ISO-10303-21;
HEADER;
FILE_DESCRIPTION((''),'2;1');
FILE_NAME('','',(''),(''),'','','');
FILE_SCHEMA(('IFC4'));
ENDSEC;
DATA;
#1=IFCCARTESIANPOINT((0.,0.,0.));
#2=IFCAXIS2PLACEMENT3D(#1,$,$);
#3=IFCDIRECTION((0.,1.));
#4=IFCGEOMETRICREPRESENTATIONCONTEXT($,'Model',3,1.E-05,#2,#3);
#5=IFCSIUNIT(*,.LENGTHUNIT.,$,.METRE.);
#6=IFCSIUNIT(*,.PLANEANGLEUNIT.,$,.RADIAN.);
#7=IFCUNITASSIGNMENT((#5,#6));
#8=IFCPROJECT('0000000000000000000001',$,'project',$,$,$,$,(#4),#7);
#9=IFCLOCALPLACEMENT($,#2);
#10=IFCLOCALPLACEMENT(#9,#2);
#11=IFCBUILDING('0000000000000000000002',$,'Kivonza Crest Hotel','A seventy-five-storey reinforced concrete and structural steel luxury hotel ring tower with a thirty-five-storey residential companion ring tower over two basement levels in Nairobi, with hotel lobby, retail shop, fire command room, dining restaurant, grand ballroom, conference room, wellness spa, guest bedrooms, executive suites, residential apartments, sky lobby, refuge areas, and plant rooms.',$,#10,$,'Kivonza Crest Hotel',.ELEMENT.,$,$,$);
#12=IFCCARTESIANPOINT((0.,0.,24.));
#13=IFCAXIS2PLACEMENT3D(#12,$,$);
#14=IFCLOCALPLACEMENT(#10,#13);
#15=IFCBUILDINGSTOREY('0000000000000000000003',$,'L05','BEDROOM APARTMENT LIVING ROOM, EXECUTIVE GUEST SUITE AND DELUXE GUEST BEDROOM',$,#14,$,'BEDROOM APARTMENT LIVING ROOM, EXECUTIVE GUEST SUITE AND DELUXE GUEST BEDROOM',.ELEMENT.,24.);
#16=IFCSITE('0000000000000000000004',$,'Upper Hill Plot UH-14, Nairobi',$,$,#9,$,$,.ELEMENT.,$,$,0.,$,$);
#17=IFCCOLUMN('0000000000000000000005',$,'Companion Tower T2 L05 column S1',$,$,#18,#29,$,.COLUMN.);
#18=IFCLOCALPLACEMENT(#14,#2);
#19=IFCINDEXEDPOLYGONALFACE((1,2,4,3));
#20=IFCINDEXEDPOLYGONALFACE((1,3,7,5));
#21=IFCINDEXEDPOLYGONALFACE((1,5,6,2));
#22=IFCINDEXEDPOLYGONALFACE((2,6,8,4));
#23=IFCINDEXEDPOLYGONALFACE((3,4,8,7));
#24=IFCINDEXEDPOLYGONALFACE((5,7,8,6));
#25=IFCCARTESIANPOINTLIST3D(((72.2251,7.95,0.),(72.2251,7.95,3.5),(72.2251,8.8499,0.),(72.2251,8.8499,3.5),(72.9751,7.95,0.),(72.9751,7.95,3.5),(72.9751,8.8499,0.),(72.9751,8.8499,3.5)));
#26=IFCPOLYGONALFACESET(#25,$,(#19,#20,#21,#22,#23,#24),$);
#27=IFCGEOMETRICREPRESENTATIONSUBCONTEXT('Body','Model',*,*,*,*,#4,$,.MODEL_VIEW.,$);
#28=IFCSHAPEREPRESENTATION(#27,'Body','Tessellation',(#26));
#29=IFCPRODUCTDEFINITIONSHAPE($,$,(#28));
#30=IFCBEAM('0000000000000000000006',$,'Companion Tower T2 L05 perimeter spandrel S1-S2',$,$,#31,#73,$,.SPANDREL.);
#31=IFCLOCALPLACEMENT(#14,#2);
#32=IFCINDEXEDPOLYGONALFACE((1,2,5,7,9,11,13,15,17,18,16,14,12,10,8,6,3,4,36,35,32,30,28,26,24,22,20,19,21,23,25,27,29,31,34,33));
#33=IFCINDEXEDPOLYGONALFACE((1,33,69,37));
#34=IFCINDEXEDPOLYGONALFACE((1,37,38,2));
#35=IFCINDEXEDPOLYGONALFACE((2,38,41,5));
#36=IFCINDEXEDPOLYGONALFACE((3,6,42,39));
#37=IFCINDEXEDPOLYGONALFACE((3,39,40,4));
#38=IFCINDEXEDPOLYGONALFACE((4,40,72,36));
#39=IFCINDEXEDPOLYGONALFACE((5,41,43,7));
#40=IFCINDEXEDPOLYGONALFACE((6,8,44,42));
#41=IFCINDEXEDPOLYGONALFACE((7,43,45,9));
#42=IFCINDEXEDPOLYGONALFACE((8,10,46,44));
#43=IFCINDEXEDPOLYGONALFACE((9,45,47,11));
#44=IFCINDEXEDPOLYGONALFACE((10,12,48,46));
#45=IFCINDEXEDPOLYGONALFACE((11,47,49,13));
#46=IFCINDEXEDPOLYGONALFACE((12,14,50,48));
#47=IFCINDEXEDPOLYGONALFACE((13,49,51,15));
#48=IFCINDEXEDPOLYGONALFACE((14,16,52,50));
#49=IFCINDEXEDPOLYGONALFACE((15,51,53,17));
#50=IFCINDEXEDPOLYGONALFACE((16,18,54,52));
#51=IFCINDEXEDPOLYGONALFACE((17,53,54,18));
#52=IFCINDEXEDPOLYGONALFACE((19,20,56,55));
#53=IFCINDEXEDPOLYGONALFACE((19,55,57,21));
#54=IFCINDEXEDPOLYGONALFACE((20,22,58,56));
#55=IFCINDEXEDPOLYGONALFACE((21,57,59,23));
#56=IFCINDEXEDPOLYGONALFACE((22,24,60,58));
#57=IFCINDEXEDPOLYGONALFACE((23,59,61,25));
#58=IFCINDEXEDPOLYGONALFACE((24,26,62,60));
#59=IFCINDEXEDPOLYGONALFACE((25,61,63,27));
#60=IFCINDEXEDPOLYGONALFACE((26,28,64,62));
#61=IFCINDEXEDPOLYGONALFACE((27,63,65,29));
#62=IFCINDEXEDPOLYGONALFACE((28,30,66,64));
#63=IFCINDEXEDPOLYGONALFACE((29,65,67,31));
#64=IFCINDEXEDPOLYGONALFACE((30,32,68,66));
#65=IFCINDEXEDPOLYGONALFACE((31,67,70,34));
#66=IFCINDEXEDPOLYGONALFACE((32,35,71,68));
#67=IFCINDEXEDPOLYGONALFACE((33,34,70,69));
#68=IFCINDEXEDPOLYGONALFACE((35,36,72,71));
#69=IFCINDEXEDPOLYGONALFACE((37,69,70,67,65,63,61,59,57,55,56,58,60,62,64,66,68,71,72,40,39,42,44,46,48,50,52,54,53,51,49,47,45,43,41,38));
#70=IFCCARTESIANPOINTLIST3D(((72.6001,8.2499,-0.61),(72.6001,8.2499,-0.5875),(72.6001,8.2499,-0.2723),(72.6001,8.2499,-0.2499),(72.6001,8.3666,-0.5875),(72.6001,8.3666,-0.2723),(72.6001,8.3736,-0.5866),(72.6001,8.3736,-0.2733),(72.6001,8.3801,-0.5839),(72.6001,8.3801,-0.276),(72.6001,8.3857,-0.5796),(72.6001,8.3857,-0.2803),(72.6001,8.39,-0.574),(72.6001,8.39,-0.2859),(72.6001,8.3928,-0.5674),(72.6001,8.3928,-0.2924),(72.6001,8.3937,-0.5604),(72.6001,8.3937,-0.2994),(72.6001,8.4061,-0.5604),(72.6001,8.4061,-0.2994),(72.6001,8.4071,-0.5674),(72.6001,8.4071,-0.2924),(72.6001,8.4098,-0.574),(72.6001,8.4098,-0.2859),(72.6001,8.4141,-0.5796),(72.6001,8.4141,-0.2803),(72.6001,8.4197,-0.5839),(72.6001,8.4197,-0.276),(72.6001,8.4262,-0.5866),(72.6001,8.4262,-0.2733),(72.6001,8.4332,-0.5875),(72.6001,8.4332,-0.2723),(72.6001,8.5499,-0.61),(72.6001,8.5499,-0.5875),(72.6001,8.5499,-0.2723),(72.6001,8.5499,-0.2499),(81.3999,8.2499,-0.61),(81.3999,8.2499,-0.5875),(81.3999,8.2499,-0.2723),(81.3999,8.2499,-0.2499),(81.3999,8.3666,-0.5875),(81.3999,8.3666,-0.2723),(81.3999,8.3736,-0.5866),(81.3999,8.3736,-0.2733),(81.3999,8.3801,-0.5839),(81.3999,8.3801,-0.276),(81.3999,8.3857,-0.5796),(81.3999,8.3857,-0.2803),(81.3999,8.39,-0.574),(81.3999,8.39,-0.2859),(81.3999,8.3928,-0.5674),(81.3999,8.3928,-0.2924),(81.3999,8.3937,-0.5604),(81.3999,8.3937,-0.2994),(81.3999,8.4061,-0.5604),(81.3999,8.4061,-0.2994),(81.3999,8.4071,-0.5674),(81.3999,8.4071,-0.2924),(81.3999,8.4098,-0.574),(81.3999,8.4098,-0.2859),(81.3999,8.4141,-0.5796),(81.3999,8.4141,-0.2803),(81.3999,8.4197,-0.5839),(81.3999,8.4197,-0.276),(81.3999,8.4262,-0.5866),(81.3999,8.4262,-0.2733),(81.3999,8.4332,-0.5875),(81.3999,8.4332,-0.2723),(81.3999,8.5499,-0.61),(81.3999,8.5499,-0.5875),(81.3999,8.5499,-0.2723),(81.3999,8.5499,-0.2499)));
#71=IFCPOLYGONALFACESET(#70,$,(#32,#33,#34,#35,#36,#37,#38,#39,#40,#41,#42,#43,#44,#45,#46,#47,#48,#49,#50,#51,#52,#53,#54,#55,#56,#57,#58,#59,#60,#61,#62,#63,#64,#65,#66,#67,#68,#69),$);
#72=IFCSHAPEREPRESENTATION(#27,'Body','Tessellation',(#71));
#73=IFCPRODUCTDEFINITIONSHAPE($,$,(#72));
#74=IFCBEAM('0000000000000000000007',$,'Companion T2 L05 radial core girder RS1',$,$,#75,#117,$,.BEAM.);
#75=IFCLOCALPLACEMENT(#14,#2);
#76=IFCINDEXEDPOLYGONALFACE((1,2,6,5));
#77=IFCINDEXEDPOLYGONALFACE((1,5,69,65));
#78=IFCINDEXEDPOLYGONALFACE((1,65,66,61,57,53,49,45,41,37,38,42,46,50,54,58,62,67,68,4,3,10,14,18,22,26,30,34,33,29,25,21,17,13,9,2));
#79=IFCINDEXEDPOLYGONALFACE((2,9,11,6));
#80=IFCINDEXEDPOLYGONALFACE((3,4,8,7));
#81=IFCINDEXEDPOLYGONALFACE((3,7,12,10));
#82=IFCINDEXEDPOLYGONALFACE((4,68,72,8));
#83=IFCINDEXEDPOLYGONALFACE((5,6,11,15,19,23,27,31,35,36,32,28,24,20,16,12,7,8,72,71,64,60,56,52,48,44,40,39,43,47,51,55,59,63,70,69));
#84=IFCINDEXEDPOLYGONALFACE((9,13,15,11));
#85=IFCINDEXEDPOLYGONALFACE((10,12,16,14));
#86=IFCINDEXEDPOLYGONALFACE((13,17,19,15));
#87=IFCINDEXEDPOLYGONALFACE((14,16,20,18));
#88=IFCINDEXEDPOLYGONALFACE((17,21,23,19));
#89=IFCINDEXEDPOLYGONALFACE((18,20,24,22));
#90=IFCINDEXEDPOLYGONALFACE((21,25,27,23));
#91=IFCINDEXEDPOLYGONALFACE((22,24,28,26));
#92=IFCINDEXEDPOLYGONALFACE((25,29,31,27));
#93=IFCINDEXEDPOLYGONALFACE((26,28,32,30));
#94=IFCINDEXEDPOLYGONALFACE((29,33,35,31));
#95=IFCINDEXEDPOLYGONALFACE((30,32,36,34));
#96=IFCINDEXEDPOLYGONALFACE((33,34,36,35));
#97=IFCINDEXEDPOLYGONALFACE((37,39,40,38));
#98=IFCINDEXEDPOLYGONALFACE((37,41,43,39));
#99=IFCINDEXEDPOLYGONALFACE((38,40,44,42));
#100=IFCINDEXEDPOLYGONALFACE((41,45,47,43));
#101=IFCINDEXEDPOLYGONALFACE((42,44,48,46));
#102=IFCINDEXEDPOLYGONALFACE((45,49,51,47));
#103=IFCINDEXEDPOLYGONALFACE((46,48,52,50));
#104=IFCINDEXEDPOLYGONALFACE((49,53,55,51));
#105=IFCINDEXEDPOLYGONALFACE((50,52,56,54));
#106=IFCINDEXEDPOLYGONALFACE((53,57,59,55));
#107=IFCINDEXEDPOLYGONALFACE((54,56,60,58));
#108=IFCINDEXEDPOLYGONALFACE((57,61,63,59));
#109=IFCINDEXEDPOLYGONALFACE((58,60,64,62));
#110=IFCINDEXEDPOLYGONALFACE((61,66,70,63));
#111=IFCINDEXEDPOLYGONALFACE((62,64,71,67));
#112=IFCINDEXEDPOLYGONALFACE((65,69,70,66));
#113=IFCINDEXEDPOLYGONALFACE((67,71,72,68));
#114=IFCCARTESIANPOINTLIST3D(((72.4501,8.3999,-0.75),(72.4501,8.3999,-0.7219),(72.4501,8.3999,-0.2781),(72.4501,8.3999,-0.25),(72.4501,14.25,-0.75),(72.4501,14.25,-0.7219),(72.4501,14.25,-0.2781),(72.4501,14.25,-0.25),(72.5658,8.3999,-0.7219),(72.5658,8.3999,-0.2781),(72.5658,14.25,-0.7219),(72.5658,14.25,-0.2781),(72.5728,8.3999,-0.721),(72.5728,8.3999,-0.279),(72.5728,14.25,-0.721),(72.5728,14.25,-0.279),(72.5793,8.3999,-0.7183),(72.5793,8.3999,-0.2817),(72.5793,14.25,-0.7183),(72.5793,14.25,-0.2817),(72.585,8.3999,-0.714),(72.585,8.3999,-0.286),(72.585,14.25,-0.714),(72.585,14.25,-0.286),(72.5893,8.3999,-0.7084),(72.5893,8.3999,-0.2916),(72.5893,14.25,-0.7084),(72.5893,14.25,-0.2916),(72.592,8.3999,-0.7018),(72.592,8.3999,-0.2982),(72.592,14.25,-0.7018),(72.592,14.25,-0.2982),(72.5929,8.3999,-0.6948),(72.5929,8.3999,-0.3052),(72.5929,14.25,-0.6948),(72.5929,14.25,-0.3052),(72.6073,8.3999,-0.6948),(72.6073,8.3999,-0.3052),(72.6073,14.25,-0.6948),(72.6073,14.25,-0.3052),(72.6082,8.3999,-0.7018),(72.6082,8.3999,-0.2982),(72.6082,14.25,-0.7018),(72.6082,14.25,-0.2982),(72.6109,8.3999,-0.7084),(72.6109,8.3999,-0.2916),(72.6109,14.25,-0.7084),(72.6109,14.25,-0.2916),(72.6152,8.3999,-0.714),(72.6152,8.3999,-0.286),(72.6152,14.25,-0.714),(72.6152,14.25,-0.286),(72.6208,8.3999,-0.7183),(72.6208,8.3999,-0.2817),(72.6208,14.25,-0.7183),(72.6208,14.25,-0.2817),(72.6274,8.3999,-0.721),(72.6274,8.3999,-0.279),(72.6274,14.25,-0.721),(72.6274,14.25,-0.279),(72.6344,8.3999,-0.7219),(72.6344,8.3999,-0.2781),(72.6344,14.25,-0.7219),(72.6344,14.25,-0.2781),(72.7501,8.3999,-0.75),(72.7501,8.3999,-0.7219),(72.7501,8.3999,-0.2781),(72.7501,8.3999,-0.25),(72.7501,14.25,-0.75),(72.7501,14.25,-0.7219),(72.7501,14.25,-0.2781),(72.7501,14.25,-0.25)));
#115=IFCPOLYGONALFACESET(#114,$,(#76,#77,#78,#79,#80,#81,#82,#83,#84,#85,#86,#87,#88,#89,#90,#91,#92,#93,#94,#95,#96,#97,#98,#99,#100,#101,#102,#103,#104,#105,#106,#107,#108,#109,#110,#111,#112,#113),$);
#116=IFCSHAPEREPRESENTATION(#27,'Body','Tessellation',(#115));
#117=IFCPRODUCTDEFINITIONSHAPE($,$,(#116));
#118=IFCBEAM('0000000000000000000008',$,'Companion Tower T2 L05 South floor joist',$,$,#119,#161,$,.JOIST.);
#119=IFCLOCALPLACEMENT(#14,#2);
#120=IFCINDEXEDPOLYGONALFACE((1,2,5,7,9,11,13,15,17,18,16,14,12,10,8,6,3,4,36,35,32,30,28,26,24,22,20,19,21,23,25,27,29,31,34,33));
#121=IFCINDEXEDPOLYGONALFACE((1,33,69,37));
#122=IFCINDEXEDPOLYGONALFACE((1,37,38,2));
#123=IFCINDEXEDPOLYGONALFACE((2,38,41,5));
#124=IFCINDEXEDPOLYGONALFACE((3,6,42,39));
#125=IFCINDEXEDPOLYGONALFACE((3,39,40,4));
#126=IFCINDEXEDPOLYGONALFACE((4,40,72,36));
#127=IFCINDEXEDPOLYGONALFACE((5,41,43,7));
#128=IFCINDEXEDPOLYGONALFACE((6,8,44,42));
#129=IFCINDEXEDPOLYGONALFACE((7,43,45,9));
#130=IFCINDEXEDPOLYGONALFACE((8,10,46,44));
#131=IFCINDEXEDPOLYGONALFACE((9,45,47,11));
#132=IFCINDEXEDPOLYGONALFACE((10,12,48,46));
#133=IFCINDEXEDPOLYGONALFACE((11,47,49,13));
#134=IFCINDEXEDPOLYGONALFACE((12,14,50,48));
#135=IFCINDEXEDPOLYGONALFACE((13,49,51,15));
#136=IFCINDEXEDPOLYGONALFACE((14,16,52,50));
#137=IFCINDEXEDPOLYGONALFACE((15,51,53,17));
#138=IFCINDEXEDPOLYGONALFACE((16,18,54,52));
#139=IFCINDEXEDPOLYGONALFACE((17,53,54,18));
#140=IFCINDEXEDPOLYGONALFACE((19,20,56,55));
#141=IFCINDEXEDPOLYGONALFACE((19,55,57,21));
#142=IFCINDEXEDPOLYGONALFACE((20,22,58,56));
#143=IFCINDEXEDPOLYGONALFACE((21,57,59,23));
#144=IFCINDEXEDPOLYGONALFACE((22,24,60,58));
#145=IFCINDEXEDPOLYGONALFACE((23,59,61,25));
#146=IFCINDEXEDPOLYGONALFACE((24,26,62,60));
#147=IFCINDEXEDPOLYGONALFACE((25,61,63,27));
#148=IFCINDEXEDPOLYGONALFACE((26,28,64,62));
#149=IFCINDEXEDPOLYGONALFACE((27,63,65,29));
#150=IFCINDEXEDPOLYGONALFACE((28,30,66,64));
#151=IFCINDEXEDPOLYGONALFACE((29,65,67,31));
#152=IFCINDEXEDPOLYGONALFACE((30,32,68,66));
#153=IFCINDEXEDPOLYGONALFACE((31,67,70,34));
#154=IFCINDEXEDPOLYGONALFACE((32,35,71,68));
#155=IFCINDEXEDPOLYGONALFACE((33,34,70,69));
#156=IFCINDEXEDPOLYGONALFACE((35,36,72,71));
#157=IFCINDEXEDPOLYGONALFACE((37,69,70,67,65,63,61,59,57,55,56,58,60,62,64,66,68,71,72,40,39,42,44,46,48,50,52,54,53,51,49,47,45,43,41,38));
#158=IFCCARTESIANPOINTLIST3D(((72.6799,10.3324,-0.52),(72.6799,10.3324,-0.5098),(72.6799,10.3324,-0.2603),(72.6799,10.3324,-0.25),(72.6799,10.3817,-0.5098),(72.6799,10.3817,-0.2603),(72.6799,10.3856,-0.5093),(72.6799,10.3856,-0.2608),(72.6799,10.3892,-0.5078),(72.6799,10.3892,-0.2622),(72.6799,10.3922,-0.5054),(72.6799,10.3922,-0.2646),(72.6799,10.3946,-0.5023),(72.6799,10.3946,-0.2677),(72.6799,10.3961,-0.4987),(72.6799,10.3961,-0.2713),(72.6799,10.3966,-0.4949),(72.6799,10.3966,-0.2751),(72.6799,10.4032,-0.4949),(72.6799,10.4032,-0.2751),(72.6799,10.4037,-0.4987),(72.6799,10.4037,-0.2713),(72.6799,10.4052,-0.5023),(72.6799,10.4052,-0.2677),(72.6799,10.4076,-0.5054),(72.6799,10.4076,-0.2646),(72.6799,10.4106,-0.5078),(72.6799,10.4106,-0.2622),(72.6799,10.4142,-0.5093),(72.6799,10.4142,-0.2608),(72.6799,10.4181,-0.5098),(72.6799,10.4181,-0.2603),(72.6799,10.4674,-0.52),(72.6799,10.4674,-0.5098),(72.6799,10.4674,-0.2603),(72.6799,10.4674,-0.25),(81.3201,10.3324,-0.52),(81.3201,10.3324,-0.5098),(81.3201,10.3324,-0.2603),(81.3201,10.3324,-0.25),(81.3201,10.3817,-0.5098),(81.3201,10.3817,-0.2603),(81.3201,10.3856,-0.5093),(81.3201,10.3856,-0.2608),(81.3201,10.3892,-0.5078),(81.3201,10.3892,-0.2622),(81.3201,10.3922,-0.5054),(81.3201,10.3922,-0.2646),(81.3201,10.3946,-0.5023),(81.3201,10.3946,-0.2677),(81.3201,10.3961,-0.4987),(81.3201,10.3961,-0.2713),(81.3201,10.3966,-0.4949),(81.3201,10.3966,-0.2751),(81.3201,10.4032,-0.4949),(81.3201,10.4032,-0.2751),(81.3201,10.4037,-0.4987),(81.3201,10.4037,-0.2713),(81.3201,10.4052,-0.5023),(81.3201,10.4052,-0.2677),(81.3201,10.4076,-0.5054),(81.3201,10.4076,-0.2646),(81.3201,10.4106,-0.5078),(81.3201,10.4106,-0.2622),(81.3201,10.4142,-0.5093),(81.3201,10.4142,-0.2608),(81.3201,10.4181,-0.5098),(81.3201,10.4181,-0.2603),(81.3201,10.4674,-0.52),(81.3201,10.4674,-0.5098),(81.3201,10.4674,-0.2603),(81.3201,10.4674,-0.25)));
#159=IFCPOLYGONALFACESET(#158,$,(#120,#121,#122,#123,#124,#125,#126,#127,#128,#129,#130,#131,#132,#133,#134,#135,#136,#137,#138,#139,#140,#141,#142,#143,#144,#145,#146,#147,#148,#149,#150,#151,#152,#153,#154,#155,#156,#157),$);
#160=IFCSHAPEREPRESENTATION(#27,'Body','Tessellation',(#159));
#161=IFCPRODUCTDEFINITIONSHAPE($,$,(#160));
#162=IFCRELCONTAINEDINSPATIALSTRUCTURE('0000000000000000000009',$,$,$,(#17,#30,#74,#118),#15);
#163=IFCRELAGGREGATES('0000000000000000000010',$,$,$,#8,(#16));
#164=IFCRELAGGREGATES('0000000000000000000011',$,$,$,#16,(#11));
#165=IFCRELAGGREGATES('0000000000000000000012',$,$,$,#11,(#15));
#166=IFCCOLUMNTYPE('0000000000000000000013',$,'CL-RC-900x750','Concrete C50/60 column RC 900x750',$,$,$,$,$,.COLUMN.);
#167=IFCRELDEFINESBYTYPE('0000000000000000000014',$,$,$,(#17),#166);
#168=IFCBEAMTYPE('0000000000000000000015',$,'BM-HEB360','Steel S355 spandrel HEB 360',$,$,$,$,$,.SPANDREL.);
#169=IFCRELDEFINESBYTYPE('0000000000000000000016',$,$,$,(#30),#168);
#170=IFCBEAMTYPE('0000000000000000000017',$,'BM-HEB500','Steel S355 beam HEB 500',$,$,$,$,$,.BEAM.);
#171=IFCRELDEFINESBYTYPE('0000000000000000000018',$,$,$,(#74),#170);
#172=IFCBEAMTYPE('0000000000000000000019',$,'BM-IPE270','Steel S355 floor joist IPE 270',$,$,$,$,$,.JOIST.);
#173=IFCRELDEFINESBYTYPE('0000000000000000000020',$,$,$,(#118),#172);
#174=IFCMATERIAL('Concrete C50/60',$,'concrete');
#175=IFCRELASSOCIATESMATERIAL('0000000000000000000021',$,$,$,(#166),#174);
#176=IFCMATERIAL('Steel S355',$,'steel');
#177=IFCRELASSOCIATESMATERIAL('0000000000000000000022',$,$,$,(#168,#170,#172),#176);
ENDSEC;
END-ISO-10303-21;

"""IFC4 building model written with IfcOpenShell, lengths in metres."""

from ifc_helpers import new_model, si_unit, direction, frame, origin, origin_2d, place, context, subcontext, project, spatial, rectangle, i_section, extrude, material, material_profile, profile_set, type_object, element, save


model = new_model("IFC4")

# Units and contexts
model_context = context("Model", 3, precision=1e-05, world=origin(), true_north=direction((0.0, 1.0)))
body_context = subcontext(model_context, "Body", "Model", "MODEL_VIEW")
ifc_project = project(units=[si_unit("LENGTHUNIT", "METRE"), si_unit("PLANEANGLEUNIT", "RADIAN")], contexts=[model_context])

# Site, building, storey
site_placement = place(None, origin())
site = spatial("IfcSite", under=ifc_project, at=site_placement, Name="Upper Hill Plot UH-14, Nairobi", CompositionType="ELEMENT", RefElevation=0.0)
building_placement = place(site_placement, origin())
building = spatial("IfcBuilding", under=site, at=building_placement, Name="Kivonza Crest Hotel", Description="A seventy-five-storey reinforced concrete and structural steel luxury hotel ring tower with a thirty-five-storey residential companion ring tower over two basement levels in Nairobi, with hotel lobby, retail shop, fire command room, dining restaurant, grand ballroom, conference room, wellness spa, guest bedrooms, executive suites, residential apartments, sky lobby, refuge areas, and plant rooms.", LongName="Kivonza Crest Hotel", CompositionType="ELEMENT")
storey_placement = place(building_placement, frame((0.0, 0.0, 24.0)))
storey = spatial("IfcBuildingStorey", under=building, at=storey_placement, Name="L05", Description="BEDROOM APARTMENT LIVING ROOM, EXECUTIVE GUEST SUITE AND DELUXE GUEST BEDROOM", LongName="BEDROOM APARTMENT LIVING ROOM, EXECUTIVE GUEST SUITE AND DELUXE GUEST BEDROOM", CompositionType="ELEMENT", Elevation=24.0)

# Column
ifc_material_1 = material(Name="Concrete C50/60", Category="concrete")
ifc_material_profile_1 = material_profile(ifc_material_1, rectangle(XDim=0.75, YDim=0.8999, at=origin_2d()), Name="RC 900x750")
ifc_profile_set_1 = profile_set([ifc_material_profile_1], Name="Concrete C50/60")
column_type = type_object("IfcColumnType", Name="CL-RC-900x750", Description="Concrete C50/60 column RC 900x750", PredefinedType="COLUMN", material=ifc_profile_set_1)
column_placement = place(storey_placement, frame((72.6001, 8.3999, 0.0), z_axis=(0.0, 0.0, 1.0), x_axis=(1.0, 0.0, 0.0)))
element("IfcColumn", 1, at=column_placement, inside=storey, type_object=column_type, Name="Companion Tower T2 L05 column S1", PredefinedType="COLUMN", context=body_context, shape_type="SweptSolid", body=[
    extrude(rectangle(XDim=0.75, YDim=0.8999, at=origin_2d()), origin(), (0.0, 0.0, 1.0), 3.5),
])

# Beams
ifc_material_2 = material(Name="Steel S355", Category="steel")
ifc_material_profile_2 = material_profile(ifc_material_2, i_section(OverallWidth=0.3, OverallDepth=0.3601, WebThickness=0.0125, FlangeThickness=0.0225, FilletRadius=0.0271, at=origin_2d()), Name="HEB 360")
ifc_profile_set_2 = profile_set([ifc_material_profile_2], Name="Steel S355")
beam_type_1 = type_object("IfcBeamType", Name="BM-HEB360", Description="Steel S355 spandrel HEB 360", PredefinedType="SPANDREL", material=ifc_profile_set_2)
beam_1_placement = place(storey_placement, frame((72.6001, 8.3999, -0.4299), z_axis=(1.0, 0.0, 0.0), x_axis=(0.0, 1.0, 0.0)))
element("IfcBeam", 2, at=beam_1_placement, inside=storey, type_object=beam_type_1, Name="Companion Tower T2 L05 perimeter spandrel S1-S2", PredefinedType="SPANDREL", context=body_context, shape_type="SweptSolid", body=[
    extrude(i_section(OverallWidth=0.3, OverallDepth=0.3601, WebThickness=0.0125, FlangeThickness=0.0225, FilletRadius=0.0271, at=origin_2d()), origin(), (0.0, 0.0, 1.0), 8.7998),
])
ifc_material_profile_3 = material_profile(ifc_material_2, i_section(OverallWidth=0.3, OverallDepth=0.5, WebThickness=0.0144, FlangeThickness=0.0281, FilletRadius=0.0271, at=origin_2d()), Name="HEB 500")
ifc_profile_set_3 = profile_set([ifc_material_profile_3], Name="Steel S355")
beam_type_2 = type_object("IfcBeamType", Name="BM-HEB500", Description="Steel S355 beam HEB 500", PredefinedType="BEAM", material=ifc_profile_set_3)
beam_2_placement = place(storey_placement, frame((72.6001, 8.3999, -0.5), z_axis=(0.0, 1.0, 0.0), x_axis=(-1.0, 0.0, 0.0)))
element("IfcBeam", 3, at=beam_2_placement, inside=storey, type_object=beam_type_2, Name="Companion T2 L05 radial core girder RS1", PredefinedType="BEAM", context=body_context, shape_type="SweptSolid", body=[
    extrude(i_section(OverallWidth=0.3, OverallDepth=0.5, WebThickness=0.0144, FlangeThickness=0.0281, FilletRadius=0.0271, at=origin_2d()), origin(), (0.0, 0.0, 1.0), 5.8501),
])
ifc_material_profile_4 = material_profile(ifc_material_2, i_section(OverallWidth=0.135, OverallDepth=0.27, WebThickness=0.0066, FlangeThickness=0.0103, FilletRadius=0.0149, at=origin_2d()), Name="IPE 270")
ifc_profile_set_4 = profile_set([ifc_material_profile_4], Name="Steel S355")
beam_type_3 = type_object("IfcBeamType", Name="BM-IPE270", Description="Steel S355 floor joist IPE 270", PredefinedType="JOIST", material=ifc_profile_set_4)
beam_3_placement = place(storey_placement, frame((72.6799, 10.3999, -0.385), z_axis=(1.0, 0.0, 0.0), x_axis=(0.0, 1.0, 0.0)))
element("IfcBeam", 4, at=beam_3_placement, inside=storey, type_object=beam_type_3, Name="Companion Tower T2 L05 South floor joist", PredefinedType="JOIST", context=body_context, shape_type="SweptSolid", body=[
    extrude(i_section(OverallWidth=0.135, OverallDepth=0.27, WebThickness=0.0066, FlangeThickness=0.0103, FilletRadius=0.0149, at=origin_2d()), origin(), (0.0, 0.0, 1.0), 8.6401),
])

save(model, "model.ifc")
